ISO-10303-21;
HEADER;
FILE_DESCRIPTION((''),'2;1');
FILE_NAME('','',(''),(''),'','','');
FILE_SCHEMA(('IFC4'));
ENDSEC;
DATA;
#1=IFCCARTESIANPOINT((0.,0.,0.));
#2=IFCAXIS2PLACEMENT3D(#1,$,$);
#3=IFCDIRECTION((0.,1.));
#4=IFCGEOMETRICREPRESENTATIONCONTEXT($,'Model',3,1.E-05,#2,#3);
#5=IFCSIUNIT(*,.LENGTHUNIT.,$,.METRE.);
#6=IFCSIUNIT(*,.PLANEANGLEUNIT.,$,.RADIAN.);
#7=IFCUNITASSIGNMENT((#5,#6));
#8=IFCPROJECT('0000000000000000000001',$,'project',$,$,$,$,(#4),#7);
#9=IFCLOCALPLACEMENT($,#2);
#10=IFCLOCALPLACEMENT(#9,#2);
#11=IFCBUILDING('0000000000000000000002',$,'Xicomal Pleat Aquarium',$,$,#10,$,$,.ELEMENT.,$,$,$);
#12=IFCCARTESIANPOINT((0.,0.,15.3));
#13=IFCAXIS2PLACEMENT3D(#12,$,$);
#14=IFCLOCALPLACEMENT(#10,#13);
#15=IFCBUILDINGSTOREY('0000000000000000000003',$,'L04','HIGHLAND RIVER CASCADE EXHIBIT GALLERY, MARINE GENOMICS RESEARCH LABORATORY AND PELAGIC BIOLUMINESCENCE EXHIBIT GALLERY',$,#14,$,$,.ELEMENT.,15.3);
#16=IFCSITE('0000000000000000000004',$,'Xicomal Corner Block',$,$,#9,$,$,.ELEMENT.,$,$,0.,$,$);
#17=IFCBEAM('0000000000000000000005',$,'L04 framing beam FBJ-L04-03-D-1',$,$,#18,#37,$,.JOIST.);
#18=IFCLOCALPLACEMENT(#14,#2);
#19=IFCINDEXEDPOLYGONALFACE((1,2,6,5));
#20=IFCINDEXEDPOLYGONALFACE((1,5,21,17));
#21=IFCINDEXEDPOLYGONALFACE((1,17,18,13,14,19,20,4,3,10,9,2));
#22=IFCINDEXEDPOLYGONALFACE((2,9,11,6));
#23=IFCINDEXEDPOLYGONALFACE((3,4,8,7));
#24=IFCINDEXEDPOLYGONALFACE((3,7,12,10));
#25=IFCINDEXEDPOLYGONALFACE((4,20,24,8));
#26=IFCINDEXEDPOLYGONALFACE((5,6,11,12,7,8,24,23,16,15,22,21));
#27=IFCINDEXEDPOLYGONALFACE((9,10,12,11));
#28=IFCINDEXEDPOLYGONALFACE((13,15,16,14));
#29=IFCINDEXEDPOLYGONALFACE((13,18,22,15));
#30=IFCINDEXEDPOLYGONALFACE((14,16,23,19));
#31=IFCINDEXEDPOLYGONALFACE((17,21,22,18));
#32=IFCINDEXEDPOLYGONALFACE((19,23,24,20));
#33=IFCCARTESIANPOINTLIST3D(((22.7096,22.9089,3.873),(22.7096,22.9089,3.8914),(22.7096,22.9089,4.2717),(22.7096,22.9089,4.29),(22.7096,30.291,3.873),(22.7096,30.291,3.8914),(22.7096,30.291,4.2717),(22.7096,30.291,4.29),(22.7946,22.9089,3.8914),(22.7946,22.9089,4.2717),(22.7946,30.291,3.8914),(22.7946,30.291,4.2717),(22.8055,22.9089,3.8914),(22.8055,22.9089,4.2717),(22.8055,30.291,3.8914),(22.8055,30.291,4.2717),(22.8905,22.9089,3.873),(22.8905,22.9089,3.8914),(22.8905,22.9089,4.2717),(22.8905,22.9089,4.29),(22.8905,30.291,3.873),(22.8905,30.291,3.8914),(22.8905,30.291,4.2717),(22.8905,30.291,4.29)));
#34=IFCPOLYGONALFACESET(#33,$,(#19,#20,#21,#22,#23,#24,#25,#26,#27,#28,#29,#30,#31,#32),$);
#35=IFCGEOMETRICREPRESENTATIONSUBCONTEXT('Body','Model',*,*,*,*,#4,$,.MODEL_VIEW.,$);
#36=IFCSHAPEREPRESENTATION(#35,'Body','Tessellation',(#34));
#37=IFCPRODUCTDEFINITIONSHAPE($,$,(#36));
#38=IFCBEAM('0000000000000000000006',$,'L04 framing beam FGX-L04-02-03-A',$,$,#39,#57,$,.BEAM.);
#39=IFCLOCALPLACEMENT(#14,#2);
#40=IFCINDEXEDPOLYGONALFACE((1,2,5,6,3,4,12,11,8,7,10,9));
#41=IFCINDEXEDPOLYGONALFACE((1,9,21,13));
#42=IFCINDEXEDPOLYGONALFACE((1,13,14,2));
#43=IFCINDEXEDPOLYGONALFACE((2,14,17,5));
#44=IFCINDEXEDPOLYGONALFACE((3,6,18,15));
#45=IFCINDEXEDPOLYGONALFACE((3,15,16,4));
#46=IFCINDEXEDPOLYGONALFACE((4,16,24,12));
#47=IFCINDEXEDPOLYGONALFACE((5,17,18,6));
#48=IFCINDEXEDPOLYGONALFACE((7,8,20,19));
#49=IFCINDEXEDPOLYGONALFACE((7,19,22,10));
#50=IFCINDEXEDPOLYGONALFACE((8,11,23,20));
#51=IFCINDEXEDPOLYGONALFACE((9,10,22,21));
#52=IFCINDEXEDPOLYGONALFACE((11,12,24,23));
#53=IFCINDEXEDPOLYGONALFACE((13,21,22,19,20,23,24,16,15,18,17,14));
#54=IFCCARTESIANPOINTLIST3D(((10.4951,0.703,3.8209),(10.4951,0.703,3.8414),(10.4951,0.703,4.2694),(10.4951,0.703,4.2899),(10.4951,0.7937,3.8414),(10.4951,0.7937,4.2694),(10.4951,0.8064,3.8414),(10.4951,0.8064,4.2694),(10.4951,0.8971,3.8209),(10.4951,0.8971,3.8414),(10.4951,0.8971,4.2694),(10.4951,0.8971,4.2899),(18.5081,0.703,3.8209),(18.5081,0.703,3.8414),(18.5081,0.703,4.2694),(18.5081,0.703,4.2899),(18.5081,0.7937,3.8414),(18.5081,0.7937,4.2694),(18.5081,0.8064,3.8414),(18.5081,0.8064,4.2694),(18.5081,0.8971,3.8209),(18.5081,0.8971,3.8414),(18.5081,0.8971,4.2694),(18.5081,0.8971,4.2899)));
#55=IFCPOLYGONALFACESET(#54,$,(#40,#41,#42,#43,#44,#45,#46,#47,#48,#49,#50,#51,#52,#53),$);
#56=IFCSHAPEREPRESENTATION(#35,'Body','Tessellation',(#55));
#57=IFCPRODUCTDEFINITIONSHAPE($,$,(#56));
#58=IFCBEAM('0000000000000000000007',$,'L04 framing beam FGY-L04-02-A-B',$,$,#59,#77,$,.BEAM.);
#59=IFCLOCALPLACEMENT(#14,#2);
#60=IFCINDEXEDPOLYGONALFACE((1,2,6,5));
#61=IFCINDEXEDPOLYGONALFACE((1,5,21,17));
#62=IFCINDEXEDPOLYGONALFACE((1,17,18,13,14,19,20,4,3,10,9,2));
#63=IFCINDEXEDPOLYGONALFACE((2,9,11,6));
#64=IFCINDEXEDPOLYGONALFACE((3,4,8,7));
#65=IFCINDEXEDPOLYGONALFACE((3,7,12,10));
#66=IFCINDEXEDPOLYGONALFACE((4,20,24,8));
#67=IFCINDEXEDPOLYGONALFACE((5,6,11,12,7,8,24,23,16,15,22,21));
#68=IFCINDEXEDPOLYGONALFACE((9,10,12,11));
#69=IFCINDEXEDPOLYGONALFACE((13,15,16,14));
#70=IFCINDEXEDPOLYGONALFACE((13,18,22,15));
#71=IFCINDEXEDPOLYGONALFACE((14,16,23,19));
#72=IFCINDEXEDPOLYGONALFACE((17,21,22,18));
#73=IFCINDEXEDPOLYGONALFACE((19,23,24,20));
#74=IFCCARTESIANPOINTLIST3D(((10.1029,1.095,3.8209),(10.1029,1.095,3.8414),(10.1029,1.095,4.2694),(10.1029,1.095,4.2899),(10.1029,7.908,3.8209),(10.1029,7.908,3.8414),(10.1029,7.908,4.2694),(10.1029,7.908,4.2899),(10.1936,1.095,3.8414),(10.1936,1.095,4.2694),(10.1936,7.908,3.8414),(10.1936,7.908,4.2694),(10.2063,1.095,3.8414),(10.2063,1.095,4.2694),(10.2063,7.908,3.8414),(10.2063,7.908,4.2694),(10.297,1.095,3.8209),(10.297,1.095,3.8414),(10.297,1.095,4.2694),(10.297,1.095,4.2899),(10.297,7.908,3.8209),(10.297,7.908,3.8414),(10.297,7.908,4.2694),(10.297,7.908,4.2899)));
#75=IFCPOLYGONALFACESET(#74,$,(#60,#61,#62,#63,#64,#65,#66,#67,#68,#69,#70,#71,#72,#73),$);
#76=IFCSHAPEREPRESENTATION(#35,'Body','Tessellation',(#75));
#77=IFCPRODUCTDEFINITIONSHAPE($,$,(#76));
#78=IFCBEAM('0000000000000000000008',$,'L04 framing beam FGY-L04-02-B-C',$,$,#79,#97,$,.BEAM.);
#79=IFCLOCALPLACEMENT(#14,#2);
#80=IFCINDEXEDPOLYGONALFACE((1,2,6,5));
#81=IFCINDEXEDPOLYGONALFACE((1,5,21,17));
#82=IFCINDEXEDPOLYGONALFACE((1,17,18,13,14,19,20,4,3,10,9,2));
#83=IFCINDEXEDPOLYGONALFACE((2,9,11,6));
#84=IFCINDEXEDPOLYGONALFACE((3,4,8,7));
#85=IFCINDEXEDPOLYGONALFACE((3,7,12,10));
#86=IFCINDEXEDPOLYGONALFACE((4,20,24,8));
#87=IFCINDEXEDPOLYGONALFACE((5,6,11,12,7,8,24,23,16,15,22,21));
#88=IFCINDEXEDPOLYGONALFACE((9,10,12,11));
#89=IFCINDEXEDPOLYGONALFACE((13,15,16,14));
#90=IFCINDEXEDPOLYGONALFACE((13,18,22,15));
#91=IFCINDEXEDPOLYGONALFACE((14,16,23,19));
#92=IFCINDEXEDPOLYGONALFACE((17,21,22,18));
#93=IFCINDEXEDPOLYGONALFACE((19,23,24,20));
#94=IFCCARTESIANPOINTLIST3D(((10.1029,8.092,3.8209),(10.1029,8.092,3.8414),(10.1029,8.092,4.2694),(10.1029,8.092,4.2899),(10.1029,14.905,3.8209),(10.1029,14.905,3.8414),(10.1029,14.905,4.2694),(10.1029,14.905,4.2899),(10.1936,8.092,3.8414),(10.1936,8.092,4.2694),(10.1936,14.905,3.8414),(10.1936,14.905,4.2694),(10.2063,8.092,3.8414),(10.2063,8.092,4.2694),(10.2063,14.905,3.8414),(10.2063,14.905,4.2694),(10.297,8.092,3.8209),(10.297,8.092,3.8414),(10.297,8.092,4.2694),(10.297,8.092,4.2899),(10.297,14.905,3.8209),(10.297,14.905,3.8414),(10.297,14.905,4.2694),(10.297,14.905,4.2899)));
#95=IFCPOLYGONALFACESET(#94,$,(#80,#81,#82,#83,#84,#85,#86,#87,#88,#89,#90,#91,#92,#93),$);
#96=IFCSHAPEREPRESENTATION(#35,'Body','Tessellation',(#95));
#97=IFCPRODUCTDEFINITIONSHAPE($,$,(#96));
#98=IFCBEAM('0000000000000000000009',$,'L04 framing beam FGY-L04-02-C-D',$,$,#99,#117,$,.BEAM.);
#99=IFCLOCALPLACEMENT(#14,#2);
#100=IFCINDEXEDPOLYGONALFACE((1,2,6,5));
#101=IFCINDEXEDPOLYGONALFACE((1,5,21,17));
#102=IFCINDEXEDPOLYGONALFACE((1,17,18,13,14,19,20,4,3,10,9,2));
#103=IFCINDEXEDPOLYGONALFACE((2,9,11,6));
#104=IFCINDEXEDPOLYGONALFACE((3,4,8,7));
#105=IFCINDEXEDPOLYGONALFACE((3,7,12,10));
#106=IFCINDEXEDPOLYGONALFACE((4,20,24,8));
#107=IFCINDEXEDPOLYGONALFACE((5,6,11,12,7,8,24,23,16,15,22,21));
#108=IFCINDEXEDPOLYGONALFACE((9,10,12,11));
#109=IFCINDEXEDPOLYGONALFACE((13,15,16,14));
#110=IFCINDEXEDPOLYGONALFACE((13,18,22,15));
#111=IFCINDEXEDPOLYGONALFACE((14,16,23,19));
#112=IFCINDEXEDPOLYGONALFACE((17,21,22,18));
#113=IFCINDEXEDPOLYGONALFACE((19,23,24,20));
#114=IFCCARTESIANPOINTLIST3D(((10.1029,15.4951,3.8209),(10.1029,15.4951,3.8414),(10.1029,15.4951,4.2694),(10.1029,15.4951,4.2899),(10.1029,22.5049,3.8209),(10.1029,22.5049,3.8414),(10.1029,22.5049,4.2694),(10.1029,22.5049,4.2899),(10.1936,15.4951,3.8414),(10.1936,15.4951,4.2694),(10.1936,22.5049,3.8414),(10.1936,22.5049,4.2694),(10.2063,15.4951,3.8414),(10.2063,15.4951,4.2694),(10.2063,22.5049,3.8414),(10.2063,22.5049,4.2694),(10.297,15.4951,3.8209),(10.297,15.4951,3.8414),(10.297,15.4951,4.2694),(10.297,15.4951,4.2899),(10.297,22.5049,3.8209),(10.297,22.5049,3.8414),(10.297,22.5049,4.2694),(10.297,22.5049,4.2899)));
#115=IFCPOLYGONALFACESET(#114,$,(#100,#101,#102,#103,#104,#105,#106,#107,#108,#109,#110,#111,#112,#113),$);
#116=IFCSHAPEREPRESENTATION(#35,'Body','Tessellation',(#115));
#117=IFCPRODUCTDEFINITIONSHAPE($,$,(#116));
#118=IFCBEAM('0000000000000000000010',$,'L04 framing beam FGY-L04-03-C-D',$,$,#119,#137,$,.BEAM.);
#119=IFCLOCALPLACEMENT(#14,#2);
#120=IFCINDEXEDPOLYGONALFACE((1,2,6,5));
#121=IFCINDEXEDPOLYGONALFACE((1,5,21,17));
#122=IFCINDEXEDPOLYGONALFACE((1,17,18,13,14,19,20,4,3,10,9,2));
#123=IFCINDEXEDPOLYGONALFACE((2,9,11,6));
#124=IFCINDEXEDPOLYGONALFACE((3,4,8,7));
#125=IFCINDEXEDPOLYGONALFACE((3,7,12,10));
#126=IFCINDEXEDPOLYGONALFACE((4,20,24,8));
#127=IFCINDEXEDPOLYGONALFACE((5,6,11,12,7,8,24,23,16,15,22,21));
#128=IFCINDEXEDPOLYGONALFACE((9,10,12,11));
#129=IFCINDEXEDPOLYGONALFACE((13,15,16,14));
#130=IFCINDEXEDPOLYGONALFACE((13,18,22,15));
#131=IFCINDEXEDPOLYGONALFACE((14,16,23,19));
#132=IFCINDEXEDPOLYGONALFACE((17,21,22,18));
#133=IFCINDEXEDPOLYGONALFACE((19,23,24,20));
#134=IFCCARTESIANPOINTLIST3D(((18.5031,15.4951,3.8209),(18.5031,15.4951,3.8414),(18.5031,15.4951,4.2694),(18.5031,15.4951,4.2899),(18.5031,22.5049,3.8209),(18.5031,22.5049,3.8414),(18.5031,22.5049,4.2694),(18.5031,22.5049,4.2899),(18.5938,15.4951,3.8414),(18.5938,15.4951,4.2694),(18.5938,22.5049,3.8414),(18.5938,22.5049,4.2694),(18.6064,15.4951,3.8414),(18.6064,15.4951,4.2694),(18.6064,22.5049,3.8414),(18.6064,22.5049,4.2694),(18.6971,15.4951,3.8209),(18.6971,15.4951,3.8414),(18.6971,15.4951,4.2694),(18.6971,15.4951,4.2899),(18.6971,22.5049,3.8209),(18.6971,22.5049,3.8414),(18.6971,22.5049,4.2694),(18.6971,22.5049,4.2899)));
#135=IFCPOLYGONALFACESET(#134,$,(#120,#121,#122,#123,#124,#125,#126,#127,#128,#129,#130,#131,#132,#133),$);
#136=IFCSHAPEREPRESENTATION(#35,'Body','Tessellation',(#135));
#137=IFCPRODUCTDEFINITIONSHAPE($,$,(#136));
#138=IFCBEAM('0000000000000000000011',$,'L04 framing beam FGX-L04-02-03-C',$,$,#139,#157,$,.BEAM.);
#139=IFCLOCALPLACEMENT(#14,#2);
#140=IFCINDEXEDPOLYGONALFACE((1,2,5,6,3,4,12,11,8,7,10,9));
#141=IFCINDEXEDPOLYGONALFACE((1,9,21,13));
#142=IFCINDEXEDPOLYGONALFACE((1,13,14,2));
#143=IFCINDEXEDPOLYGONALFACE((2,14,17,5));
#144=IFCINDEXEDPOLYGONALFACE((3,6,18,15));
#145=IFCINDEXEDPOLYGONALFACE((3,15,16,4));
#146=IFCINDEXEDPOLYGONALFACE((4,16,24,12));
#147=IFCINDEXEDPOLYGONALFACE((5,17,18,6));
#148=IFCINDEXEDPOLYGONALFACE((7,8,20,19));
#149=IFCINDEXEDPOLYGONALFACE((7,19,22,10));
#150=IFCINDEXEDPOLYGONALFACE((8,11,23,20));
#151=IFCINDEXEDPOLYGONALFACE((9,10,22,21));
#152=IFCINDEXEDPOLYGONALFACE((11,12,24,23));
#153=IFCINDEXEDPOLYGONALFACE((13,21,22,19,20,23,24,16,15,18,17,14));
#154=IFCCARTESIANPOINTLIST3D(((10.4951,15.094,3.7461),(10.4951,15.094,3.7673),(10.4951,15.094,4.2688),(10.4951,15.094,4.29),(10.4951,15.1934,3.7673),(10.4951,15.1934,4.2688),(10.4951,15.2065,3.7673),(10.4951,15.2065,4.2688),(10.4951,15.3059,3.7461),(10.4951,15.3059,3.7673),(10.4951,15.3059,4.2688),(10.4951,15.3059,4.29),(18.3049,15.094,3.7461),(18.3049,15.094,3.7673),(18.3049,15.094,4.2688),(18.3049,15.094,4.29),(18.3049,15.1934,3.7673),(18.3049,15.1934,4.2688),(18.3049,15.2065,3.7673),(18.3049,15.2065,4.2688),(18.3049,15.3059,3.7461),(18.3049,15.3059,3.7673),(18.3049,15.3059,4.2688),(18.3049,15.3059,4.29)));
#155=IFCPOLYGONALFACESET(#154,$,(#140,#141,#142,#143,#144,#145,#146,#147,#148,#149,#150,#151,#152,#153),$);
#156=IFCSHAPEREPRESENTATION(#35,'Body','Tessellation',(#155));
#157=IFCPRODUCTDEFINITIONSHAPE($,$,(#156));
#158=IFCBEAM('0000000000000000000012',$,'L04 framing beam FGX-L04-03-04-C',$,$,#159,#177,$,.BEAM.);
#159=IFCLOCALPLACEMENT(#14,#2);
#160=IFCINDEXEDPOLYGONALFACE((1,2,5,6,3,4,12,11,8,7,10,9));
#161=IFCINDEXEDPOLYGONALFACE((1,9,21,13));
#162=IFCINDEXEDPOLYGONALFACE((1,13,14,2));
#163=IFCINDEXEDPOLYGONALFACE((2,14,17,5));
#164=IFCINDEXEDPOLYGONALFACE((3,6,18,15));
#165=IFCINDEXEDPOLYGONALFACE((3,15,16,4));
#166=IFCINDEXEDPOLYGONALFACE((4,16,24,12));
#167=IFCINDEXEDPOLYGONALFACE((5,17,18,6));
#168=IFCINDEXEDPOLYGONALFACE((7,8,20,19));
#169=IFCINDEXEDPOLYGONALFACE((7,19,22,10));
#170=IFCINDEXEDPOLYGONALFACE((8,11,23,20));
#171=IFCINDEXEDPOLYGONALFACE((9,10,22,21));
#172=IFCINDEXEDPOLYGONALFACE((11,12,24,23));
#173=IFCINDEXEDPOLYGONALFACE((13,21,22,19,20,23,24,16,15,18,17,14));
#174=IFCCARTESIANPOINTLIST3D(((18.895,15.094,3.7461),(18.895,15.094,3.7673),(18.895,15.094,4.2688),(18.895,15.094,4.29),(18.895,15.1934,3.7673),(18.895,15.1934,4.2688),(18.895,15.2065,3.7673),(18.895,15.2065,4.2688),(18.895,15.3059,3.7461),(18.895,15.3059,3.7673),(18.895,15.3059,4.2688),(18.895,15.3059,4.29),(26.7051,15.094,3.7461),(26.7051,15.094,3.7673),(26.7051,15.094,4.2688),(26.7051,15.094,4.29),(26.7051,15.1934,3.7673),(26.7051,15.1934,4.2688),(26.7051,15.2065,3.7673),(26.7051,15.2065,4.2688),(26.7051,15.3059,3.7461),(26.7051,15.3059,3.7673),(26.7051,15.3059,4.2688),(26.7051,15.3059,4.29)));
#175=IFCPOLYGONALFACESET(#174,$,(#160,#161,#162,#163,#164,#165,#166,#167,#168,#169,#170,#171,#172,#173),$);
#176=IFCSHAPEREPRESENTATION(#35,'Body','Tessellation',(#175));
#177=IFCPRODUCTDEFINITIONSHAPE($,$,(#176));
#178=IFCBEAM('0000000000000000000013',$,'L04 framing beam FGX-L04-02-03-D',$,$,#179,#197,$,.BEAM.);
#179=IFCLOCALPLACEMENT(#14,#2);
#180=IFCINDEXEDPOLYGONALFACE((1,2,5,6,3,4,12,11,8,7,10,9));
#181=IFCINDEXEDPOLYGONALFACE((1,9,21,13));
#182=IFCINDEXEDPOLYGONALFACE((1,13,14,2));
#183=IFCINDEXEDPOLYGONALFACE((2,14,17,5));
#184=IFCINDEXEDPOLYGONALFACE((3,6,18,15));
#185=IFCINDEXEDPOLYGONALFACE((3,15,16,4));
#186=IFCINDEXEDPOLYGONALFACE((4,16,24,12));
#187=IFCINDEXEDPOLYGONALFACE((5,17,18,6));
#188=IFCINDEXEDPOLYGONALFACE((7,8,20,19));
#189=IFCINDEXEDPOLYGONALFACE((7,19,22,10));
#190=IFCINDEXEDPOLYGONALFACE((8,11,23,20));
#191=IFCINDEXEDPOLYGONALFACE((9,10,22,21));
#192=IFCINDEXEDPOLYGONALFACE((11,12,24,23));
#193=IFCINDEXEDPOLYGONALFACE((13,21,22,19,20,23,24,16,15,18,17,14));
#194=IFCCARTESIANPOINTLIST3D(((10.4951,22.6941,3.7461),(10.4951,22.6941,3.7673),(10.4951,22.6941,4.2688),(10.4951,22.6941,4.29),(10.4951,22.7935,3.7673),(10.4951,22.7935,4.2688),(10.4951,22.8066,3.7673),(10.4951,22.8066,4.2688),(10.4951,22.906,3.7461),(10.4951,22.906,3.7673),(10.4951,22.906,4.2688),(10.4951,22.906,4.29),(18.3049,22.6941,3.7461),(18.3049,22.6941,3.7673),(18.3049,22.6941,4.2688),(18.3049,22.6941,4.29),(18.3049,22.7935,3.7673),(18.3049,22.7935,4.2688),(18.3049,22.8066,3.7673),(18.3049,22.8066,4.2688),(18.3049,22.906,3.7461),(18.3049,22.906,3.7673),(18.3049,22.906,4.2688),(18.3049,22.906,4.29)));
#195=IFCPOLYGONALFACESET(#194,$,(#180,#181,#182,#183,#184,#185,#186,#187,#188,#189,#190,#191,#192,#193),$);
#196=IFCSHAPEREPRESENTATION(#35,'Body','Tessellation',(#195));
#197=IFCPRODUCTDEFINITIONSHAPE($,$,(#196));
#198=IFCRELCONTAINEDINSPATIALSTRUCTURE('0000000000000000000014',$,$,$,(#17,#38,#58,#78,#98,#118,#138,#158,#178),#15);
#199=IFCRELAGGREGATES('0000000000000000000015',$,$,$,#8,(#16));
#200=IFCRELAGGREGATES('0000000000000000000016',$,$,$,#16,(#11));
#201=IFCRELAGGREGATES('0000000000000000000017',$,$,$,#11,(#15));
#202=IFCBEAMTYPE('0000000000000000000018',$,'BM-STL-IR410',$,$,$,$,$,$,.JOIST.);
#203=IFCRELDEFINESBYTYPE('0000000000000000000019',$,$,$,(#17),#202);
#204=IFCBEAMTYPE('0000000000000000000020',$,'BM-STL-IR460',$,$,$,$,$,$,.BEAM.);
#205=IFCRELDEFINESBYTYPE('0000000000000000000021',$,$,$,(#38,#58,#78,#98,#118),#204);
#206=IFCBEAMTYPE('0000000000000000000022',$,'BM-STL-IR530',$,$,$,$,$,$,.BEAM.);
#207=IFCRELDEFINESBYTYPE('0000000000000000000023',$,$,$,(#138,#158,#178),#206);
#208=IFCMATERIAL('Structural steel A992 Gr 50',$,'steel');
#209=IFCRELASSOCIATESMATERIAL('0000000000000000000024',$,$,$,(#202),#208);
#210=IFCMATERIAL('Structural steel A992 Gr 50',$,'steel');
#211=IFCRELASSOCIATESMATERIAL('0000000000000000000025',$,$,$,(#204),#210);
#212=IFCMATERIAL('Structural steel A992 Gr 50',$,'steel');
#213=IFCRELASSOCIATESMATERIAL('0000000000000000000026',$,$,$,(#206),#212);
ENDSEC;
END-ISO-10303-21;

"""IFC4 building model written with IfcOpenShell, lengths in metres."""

from ifc_helpers import new_model, si_unit, direction, frame, origin, origin_2d, place, context, subcontext, project, spatial, i_section, extrude, material, material_profile, profile_set, type_object, element, save


model = new_model("IFC4")

# Units and contexts
model_context = context("Model", 3, precision=1e-05, world=origin(), true_north=direction((0.0, 1.0)))
body_context = subcontext(model_context, "Body", "Model", "MODEL_VIEW")
ifc_project = project(units=[si_unit("LENGTHUNIT", "METRE"), si_unit("PLANEANGLEUNIT", "RADIAN")], contexts=[model_context])

# Site, building, storey
site_placement = place(None, origin())
site = spatial("IfcSite", under=ifc_project, at=site_placement, Name="Xicomal Corner Block", CompositionType="ELEMENT", RefElevation=0.0)
building_placement = place(site_placement, origin())
building = spatial("IfcBuilding", under=site, at=building_placement, Name="Xicomal Pleat Aquarium", CompositionType="ELEMENT")
storey_placement = place(building_placement, frame((0.0, 0.0, 15.3)))
storey = spatial("IfcBuildingStorey", under=building, at=storey_placement, Name="L04", Description="HIGHLAND RIVER CASCADE EXHIBIT GALLERY, MARINE GENOMICS RESEARCH LABORATORY AND PELAGIC BIOLUMINESCENCE EXHIBIT GALLERY", CompositionType="ELEMENT", Elevation=15.3)

# Beams
ifc_material_1 = material(Name="Structural steel A992 Gr 50", Category="steel")
ifc_material_profile_1 = material_profile(ifc_material_1, i_section(OverallWidth=0.1809, OverallDepth=0.417, WebThickness=0.011, FlangeThickness=0.0183, at=origin_2d()), Name="IR 410x85")
ifc_profile_set_1 = profile_set([ifc_material_profile_1], Name="Structural steel A992 Gr 50")
beam_type_1 = type_object("IfcBeamType", Name="BM-STL-IR410", PredefinedType="JOIST", material=ifc_profile_set_1)
beam_1_placement = place(storey_placement, frame((22.8, 22.9089, 4.0815), z_axis=(0.0, 1.0, 0.0), x_axis=(-1.0, 0.0, 0.0)))
element("IfcBeam", 1, at=beam_1_placement, inside=storey, type_object=beam_type_1, Name="L04 framing beam FBJ-L04-03-D-1", PredefinedType="JOIST", context=body_context, shape_type="SweptSolid", body=[
    extrude(i_section(OverallWidth=0.1809, OverallDepth=0.417, WebThickness=0.011, FlangeThickness=0.0183, at=origin_2d()), origin(), (0.0, 0.0, 1.0), 7.3821),
])
ifc_material_2 = material(Name="Structural steel A992 Gr 50", Category="steel")
ifc_material_profile_2 = material_profile(ifc_material_2, i_section(OverallWidth=0.1941, OverallDepth=0.469, WebThickness=0.0127, FlangeThickness=0.0205, at=origin_2d()), Name="IR 460x106")
ifc_profile_set_2 = profile_set([ifc_material_profile_2], Name="Structural steel A992 Gr 50")
beam_type_2 = type_object("IfcBeamType", Name="BM-STL-IR460", PredefinedType="BEAM", material=ifc_profile_set_2)
beam_2_placement = place(storey_placement, frame((10.4951, 0.8, 4.0554), z_axis=(1.0, 0.0, 0.0), x_axis=(0.0, 1.0, 0.0)))
element("IfcBeam", 2, at=beam_2_placement, inside=storey, type_object=beam_type_2, Name="L04 framing beam FGX-L04-02-03-A", PredefinedType="BEAM", context=body_context, shape_type="SweptSolid", body=[
    extrude(i_section(OverallWidth=0.1941, OverallDepth=0.469, WebThickness=0.0127, FlangeThickness=0.0205, at=origin_2d()), origin(), (0.0, 0.0, 1.0), 8.0129),
])
for number, where, z_axis, x_axis, name in (
    (3, (10.2, 1.095, 4.0554), (0.0, 1.0, 0.0), (-1.0, 0.0, 0.0), "L04 framing beam FGY-L04-02-A-B"),
    (4, (10.2, 8.092, 4.0554), (0.0, 1.0, 0.0), (-1.0, 0.0, 0.0), "L04 framing beam FGY-L04-02-B-C"),
):
    element("IfcBeam", number, at=place(storey_placement, frame(where, z_axis=z_axis, x_axis=x_axis)), inside=storey, type_object=beam_type_2, Name=name, PredefinedType="BEAM", context=body_context, shape_type="SweptSolid", body=[
        extrude(i_section(OverallWidth=0.1941, OverallDepth=0.469, WebThickness=0.0127, FlangeThickness=0.0205, at=origin_2d()), origin(), (0.0, 0.0, 1.0), 6.813),
    ])
for number, where, z_axis, x_axis, name in (
    (5, (10.2, 15.4951, 4.0554), (0.0, 1.0, 0.0), (-1.0, 0.0, 0.0), "L04 framing beam FGY-L04-02-C-D"),
    (6, (18.6001, 15.4951, 4.0554), (0.0, 1.0, 0.0), (-1.0, 0.0, 0.0), "L04 framing beam FGY-L04-03-C-D"),
):
    element("IfcBeam", number, at=place(storey_placement, frame(where, z_axis=z_axis, x_axis=x_axis)), inside=storey, type_object=beam_type_2, Name=name, PredefinedType="BEAM", context=body_context, shape_type="SweptSolid", body=[
        extrude(i_section(OverallWidth=0.1941, OverallDepth=0.469, WebThickness=0.0127, FlangeThickness=0.0205, at=origin_2d()), origin(), (0.0, 0.0, 1.0), 7.0098),
    ])
ifc_material_3 = material(Name="Structural steel A992 Gr 50", Category="steel")
ifc_material_profile_3 = material_profile(ifc_material_3, i_section(OverallWidth=0.2119, OverallDepth=0.5439, WebThickness=0.0132, FlangeThickness=0.0212, at=origin_2d()), Name="IR 530x123")
ifc_profile_set_3 = profile_set([ifc_material_profile_3], Name="Structural steel A992 Gr 50")
beam_type_3 = type_object("IfcBeamType", Name="BM-STL-IR530", PredefinedType="BEAM", material=ifc_profile_set_3)
beam_3_placement = place(storey_placement, frame((10.4951, 15.2, 4.0181), z_axis=(1.0, 0.0, 0.0), x_axis=(0.0, 1.0, 0.0)))
element("IfcBeam", 7, at=beam_3_placement, inside=storey, type_object=beam_type_3, Name="L04 framing beam FGX-L04-02-03-C", PredefinedType="BEAM", context=body_context, shape_type="SweptSolid", body=[
    extrude(i_section(OverallWidth=0.2119, OverallDepth=0.5439, WebThickness=0.0132, FlangeThickness=0.0212, at=origin_2d()), origin(), (0.0, 0.0, 1.0), 7.8098),
])
beam_4_placement = place(storey_placement, frame((18.895, 15.2, 4.0181), z_axis=(1.0, 0.0, 0.0), x_axis=(0.0, 1.0, 0.0)))
element("IfcBeam", 8, at=beam_4_placement, inside=storey, type_object=beam_type_3, Name="L04 framing beam FGX-L04-03-04-C", PredefinedType="BEAM", context=body_context, shape_type="SweptSolid", body=[
    extrude(i_section(OverallWidth=0.2119, OverallDepth=0.5439, WebThickness=0.0132, FlangeThickness=0.0212, at=origin_2d()), origin(), (0.0, 0.0, 1.0), 7.8101),
])
beam_5_placement = place(storey_placement, frame((10.4951, 22.8, 4.0181), z_axis=(1.0, 0.0, 0.0), x_axis=(0.0, 1.0, 0.0)))
element("IfcBeam", 9, at=beam_5_placement, inside=storey, type_object=beam_type_3, Name="L04 framing beam FGX-L04-02-03-D", PredefinedType="BEAM", context=body_context, shape_type="SweptSolid", body=[
    extrude(i_section(OverallWidth=0.2119, OverallDepth=0.5439, WebThickness=0.0132, FlangeThickness=0.0212, at=origin_2d()), origin(), (0.0, 0.0, 1.0), 7.8098),
])

save(model, "model.ifc")
